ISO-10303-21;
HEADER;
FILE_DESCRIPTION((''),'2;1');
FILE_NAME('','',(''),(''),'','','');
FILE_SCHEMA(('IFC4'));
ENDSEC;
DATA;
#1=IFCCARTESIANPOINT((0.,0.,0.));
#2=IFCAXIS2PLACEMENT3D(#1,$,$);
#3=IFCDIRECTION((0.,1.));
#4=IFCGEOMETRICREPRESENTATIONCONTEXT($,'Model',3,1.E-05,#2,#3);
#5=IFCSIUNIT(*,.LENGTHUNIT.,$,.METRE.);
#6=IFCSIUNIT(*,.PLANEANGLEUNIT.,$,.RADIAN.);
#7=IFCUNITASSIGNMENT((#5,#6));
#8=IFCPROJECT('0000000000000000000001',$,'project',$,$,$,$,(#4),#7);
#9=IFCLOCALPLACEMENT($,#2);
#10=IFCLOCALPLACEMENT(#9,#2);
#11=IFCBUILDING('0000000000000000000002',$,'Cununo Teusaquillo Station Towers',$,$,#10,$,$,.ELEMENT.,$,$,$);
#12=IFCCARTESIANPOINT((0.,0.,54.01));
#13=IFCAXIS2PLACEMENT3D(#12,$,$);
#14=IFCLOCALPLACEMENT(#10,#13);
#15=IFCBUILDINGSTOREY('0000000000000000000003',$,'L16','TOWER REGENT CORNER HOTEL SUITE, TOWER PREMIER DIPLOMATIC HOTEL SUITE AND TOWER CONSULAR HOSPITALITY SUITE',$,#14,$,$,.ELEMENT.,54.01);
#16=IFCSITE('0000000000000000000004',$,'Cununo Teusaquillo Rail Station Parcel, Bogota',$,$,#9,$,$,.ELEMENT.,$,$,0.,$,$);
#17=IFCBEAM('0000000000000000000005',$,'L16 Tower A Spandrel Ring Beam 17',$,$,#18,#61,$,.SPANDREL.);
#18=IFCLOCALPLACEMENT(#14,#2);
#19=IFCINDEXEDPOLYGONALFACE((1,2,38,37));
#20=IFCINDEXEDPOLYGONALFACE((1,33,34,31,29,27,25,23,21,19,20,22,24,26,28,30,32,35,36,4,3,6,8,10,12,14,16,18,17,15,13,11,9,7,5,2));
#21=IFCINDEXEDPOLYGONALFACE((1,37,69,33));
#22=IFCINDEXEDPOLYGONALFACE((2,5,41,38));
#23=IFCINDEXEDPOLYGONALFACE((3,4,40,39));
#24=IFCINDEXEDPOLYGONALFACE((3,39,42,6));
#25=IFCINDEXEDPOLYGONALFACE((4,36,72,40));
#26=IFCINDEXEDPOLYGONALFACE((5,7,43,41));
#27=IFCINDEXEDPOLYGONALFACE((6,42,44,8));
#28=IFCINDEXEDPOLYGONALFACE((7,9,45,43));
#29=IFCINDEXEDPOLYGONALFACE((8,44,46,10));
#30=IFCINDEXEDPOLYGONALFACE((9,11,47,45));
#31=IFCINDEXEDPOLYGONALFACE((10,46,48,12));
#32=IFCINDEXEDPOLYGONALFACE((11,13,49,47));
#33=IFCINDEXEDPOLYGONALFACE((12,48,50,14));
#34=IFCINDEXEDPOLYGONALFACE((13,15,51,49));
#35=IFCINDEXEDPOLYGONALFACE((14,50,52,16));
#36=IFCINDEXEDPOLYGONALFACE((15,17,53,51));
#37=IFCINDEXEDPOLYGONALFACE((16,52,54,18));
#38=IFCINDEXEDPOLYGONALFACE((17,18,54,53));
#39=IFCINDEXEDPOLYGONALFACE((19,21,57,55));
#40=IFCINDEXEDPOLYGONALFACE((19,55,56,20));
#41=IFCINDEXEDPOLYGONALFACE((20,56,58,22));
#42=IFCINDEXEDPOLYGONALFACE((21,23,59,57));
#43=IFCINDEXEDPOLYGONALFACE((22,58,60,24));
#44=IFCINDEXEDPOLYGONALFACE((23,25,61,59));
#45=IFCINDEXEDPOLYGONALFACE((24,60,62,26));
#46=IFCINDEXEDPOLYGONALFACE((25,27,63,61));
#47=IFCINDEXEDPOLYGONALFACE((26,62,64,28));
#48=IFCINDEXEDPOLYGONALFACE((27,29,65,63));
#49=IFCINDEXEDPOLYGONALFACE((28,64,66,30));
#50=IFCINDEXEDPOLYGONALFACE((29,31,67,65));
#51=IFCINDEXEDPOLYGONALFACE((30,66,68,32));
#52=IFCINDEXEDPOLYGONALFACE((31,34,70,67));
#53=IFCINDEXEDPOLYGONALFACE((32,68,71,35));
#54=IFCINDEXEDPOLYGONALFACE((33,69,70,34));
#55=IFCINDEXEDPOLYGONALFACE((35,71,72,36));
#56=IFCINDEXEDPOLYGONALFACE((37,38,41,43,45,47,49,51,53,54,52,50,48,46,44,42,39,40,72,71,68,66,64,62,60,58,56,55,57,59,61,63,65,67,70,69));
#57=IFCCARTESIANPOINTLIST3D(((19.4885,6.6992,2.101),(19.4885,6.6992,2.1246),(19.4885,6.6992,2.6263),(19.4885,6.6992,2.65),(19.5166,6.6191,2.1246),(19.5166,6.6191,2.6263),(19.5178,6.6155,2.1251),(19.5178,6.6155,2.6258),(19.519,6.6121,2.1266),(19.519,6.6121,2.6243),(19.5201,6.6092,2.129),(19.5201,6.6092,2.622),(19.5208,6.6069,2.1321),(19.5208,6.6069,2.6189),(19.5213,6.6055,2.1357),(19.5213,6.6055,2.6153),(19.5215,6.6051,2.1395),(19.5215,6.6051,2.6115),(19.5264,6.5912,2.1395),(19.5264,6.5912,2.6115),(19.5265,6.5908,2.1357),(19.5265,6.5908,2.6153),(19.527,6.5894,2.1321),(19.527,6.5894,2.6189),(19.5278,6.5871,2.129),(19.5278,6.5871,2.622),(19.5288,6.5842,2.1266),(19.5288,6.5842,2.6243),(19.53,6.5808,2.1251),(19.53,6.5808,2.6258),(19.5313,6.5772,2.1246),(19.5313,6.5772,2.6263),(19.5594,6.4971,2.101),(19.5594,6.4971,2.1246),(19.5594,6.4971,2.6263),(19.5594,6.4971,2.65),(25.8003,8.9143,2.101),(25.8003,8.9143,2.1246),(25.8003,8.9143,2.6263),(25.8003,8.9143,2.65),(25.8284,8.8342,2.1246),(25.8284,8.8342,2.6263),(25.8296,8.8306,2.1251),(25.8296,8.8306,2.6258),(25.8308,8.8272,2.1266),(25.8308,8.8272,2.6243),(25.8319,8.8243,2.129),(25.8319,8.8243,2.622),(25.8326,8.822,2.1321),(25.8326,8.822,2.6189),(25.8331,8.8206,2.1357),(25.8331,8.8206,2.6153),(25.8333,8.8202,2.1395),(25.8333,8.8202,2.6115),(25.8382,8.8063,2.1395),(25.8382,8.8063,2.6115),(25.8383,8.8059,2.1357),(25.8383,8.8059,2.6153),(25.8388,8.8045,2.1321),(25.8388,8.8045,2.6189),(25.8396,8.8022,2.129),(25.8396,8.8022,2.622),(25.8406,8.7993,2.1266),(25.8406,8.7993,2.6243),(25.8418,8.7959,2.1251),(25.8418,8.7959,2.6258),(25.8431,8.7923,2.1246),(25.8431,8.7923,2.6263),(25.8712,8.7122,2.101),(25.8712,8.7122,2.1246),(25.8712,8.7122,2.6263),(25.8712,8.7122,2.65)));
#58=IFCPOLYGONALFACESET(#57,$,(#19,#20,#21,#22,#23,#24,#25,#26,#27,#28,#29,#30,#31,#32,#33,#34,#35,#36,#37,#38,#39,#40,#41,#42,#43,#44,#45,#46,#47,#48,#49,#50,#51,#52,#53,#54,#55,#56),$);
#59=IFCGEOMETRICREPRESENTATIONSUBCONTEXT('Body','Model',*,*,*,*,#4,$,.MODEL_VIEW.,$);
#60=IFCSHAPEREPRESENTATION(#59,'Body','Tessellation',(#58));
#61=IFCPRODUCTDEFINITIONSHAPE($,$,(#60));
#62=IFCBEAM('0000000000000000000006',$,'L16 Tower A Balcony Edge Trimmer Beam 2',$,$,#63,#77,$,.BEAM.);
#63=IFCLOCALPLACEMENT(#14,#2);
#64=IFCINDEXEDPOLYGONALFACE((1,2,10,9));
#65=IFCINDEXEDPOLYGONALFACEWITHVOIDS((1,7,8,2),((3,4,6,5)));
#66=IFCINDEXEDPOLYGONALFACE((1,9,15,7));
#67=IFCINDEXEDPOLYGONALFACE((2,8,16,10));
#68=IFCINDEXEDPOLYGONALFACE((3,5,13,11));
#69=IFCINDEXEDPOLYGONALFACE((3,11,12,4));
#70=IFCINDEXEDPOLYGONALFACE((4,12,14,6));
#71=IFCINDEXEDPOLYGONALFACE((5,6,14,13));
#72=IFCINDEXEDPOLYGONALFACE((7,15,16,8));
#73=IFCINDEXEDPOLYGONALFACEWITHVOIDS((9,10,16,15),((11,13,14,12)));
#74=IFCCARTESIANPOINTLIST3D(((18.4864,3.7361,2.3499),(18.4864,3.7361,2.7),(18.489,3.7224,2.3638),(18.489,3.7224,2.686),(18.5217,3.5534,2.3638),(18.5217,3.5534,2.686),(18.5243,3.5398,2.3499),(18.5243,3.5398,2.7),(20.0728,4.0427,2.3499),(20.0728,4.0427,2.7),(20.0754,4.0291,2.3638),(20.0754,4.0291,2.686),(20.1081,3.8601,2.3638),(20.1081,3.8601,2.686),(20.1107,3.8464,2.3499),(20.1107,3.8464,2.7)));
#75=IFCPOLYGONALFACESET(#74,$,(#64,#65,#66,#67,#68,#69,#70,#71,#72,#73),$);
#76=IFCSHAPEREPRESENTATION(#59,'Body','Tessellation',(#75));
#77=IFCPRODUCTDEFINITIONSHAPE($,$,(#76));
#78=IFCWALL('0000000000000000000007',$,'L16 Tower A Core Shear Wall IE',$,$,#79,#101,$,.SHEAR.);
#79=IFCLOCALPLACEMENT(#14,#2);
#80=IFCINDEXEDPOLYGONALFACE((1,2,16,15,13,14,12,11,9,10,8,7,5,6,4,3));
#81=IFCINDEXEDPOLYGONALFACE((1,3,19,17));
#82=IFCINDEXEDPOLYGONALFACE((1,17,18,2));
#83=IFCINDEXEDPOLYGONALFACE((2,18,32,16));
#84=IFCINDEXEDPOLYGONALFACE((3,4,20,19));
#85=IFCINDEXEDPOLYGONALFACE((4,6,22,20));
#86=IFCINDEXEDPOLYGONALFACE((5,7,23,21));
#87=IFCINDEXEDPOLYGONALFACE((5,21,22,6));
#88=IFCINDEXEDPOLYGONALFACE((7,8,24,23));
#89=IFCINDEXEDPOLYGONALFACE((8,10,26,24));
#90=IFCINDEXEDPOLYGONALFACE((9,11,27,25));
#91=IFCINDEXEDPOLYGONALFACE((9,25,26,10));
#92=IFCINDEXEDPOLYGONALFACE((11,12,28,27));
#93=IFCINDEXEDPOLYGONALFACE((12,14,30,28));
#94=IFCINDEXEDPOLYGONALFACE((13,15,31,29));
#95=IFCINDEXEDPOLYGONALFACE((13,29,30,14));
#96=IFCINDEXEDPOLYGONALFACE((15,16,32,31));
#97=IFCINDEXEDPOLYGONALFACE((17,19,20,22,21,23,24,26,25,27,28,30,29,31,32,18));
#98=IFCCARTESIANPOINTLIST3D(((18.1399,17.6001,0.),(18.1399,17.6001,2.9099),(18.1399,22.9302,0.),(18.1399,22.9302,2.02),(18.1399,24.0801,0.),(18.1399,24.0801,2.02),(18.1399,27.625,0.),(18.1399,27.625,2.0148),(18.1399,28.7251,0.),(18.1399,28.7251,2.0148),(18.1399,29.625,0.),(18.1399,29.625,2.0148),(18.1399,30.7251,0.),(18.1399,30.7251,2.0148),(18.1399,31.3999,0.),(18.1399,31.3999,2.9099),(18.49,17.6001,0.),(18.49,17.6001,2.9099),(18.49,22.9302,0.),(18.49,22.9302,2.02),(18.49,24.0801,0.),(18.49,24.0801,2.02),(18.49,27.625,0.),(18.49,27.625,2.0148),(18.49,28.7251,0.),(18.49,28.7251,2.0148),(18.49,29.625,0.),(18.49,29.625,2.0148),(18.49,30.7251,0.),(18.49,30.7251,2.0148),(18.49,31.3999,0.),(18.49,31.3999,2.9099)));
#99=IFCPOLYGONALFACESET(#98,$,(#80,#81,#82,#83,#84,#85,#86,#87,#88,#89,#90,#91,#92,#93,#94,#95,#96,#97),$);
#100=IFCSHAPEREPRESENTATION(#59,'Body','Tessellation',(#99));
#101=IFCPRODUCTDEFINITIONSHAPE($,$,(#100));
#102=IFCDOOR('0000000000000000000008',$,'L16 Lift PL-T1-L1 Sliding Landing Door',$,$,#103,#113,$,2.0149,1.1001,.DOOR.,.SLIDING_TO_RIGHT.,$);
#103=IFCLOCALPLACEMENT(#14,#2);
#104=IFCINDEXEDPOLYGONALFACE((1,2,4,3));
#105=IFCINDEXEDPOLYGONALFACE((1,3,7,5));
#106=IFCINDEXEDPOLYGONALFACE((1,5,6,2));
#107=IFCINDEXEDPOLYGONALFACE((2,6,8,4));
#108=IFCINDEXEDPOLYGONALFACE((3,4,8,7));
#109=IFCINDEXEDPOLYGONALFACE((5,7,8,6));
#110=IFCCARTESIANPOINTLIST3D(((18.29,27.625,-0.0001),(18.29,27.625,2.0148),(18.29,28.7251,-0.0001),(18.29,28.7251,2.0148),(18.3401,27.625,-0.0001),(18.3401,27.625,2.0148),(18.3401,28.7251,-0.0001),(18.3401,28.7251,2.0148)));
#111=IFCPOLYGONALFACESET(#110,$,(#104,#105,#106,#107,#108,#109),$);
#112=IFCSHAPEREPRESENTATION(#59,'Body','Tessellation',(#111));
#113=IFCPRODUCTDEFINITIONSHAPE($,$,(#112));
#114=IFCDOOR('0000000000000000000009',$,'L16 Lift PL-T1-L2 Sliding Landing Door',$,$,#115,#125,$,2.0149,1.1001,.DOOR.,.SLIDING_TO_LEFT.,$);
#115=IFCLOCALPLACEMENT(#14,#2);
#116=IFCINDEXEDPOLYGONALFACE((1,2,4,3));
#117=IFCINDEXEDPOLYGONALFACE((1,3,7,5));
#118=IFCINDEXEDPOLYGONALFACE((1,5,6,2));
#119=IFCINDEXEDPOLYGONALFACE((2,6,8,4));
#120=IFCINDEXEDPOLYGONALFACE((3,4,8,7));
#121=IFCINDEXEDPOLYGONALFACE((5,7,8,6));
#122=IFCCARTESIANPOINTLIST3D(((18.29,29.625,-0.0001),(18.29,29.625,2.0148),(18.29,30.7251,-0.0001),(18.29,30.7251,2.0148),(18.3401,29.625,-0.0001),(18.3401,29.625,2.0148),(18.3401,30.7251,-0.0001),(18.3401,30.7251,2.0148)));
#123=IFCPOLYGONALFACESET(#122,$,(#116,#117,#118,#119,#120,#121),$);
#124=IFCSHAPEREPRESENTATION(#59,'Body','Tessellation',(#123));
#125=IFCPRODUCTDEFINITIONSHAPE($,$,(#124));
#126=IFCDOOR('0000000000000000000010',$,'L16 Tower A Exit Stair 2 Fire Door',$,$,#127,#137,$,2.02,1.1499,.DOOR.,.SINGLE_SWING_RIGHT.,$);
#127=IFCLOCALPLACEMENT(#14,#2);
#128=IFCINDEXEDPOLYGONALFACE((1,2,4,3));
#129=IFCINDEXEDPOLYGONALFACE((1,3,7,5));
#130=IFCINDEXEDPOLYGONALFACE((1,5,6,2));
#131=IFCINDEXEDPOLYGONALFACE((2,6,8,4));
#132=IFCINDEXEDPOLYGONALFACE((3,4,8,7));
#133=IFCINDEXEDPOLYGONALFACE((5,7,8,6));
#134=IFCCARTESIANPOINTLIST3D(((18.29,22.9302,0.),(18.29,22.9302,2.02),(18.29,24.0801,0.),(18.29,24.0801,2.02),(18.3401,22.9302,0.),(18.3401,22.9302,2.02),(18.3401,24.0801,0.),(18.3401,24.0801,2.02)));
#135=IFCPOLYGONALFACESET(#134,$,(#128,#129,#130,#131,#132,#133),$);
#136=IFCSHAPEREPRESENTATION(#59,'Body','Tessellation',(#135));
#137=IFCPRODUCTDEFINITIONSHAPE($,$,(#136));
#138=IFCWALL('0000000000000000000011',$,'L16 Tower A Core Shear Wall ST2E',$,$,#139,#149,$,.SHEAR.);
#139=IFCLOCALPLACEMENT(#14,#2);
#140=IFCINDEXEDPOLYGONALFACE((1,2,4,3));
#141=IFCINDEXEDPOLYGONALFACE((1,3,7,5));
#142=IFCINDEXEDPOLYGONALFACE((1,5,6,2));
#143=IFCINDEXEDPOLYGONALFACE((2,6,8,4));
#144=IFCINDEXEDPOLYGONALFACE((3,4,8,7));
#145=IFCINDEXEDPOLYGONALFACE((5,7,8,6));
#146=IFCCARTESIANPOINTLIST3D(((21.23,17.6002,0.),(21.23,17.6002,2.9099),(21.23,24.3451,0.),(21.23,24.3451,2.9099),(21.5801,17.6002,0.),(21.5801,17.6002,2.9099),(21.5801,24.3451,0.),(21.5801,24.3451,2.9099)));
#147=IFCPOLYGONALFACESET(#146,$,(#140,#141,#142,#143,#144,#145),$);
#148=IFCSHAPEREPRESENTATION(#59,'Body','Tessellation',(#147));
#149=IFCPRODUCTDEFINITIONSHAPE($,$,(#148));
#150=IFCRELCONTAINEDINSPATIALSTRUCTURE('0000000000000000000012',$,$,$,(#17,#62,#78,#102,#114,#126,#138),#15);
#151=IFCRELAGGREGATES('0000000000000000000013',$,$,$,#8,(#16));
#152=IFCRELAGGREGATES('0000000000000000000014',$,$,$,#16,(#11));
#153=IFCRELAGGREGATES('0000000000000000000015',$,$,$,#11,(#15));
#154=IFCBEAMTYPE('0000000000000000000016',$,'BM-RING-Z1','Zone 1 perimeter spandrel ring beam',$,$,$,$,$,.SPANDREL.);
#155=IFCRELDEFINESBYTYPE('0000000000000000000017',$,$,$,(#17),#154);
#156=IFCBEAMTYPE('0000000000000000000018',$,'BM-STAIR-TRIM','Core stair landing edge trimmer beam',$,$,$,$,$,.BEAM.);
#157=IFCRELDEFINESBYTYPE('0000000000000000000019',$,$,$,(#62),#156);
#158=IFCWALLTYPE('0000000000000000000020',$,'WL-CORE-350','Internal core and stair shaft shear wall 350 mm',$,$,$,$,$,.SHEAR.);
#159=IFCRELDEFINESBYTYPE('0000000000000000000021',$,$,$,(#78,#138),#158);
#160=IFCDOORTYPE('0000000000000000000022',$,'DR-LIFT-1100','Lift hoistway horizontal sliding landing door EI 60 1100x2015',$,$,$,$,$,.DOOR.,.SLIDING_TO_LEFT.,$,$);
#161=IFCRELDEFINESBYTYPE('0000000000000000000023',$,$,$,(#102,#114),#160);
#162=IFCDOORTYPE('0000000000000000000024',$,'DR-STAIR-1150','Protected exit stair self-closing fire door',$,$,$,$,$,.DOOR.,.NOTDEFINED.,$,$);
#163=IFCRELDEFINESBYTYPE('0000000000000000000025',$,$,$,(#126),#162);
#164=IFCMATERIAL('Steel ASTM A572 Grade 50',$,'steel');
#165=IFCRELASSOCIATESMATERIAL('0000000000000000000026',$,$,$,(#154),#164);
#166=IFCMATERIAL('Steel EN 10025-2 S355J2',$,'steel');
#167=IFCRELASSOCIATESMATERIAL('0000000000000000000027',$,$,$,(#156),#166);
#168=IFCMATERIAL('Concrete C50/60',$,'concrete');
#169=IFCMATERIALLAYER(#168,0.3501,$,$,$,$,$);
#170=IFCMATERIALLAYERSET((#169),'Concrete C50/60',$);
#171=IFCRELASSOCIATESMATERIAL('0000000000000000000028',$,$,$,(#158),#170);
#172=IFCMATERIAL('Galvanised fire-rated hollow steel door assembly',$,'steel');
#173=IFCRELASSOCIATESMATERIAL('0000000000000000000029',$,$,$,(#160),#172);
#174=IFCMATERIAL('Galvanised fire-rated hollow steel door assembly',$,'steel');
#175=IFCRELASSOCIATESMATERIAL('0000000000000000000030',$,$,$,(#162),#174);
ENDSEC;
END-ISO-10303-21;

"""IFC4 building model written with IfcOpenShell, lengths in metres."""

from ifc_helpers import new_model, si_unit, direction, frame, frame_2d, origin, origin_2d, place, context, subcontext, project, spatial, rectangle, hollow_rectangle, i_section, extrude, source, transform, mapped, material, layer, layer_set, material_profile, profile_set, type_object, element, fill, save


model = new_model("IFC4")

# Units and contexts
model_context = context("Model", 3, precision=1e-05, world=origin(), true_north=direction((0.0, 1.0)))
body_context = subcontext(model_context, "Body", "Model", "MODEL_VIEW")
ifc_project = project(units=[si_unit("LENGTHUNIT", "METRE"), si_unit("PLANEANGLEUNIT", "RADIAN")], contexts=[model_context])

# Site, building, storey
site_placement = place(None, origin())
site = spatial("IfcSite", under=ifc_project, at=site_placement, Name="Cununo Teusaquillo Rail Station Parcel, Bogota", CompositionType="ELEMENT", RefElevation=0.0)
building_placement = place(site_placement, origin())
building = spatial("IfcBuilding", under=site, at=building_placement, Name="Cununo Teusaquillo Station Towers", CompositionType="ELEMENT")
storey_placement = place(building_placement, frame((0.0, 0.0, 54.01)))
storey = spatial("IfcBuildingStorey", under=building, at=storey_placement, Name="L16", Description="TOWER REGENT CORNER HOTEL SUITE, TOWER PREMIER DIPLOMATIC HOTEL SUITE AND TOWER CONSULAR HOSPITALITY SUITE", CompositionType="ELEMENT", Elevation=54.01)

# Beams
ifc_material_1 = material(Name="Steel ASTM A572 Grade 50", Category="steel")
ifc_material_profile_1 = material_profile(ifc_material_1, i_section(OverallWidth=0.2141, OverallDepth=0.5491, WebThickness=0.0146, FlangeThickness=0.0237, FilletRadius=0.0149, at=origin_2d()), Name="W21X93")
ifc_profile_set_1 = profile_set([ifc_material_profile_1], Name="Steel ASTM A572 Grade 50")
beam_type_1 = type_object("IfcBeamType", Name="BM-RING-Z1", Description="Zone 1 perimeter spandrel ring beam", PredefinedType="SPANDREL", material=ifc_profile_set_1)
beam_1_placement = place(storey_placement, frame((19.5239, 6.5981, 2.3755), z_axis=(0.94358, 0.331145, 0.0), x_axis=(-0.331145, 0.94358, 0.0)))
element("IfcBeam", 1, at=beam_1_placement, inside=storey, type_object=beam_type_1, Name="L16 Tower A Spandrel Ring Beam 17", PredefinedType="SPANDREL", context=body_context, shape_type="SweptSolid", body=[
    extrude(i_section(OverallWidth=0.2141, OverallDepth=0.5491, WebThickness=0.0146, FlangeThickness=0.0237, FilletRadius=0.0149, at=origin_2d()), origin(), (0.0, 0.0, 1.0), 6.6892),
])
ifc_material_2 = material(Name="Steel EN 10025-2 S355J2", Category="steel")
ifc_material_profile_2 = material_profile(ifc_material_2, hollow_rectangle(XDim=0.2, YDim=0.3501, WallThickness=0.0139, at=origin_2d()), Name="RHS 350x200x14")
ifc_profile_set_2 = profile_set([ifc_material_profile_2], Name="Steel EN 10025-2 S355J2")
beam_type_2 = type_object("IfcBeamType", Name="BM-STAIR-TRIM", Description="Core stair landing edge trimmer beam", PredefinedType="BEAM", material=ifc_profile_set_2)
beam_2_placement = place(storey_placement, frame((18.5054, 3.6379, 2.5249), z_axis=(0.981827, 0.189778, 0.0), x_axis=(-0.189778, 0.981827, 0.0)))
element("IfcBeam", 2, at=beam_2_placement, inside=storey, type_object=beam_type_2, Name="L16 Tower A Balcony Edge Trimmer Beam 2", PredefinedType="BEAM", context=body_context, shape_type="SweptSolid", body=[
    extrude(hollow_rectangle(XDim=0.2, YDim=0.3501, WallThickness=0.0139, at=origin_2d()), origin(), (0.0, 0.0, 1.0), 1.6157),
])

# Wall, openings, doors
ifc_material_3 = material(Name="Concrete C50/60", Category="concrete")
ifc_layer_1 = layer(ifc_material_3, 0.3501)
ifc_layer_set_1 = layer_set([ifc_layer_1], Name="Concrete C50/60")
wall_type_1 = type_object("IfcWallType", Name="WL-CORE-350", Description="Internal core and stair shaft shear wall 350 mm", PredefinedType="SHEAR", material=ifc_layer_set_1)
wall_1_placement = place(storey_placement, frame((18.3149, 17.6001, 0.0), z_axis=(0.0, 0.0, 1.0), x_axis=(0.0, 1.0, 0.0)))
wall_1 = element("IfcWall", 3, at=wall_1_placement, inside=storey, type_object=wall_type_1, Name="L16 Tower A Core Shear Wall IE", PredefinedType="SHEAR", context=body_context, shape_type="SweptSolid", body=[
    extrude(rectangle(XDim=13.7998, YDim=0.3501, at=frame_2d((6.8999, 0.0))), origin(), (0.0, 0.0, 1.0), 2.9099),
])
shared_shape_1 = source(origin(), body_context, "Body", "SweptSolid", [
    extrude(rectangle(XDim=1.1001, YDim=2.0149, at=frame_2d((0.55, 1.0073))), frame((0.0, 0.1851, 0.0), z_axis=(0.0, -1.0, 0.0), x_axis=(1.0, 0.0, 0.0)), (0.0, 0.0, 1.0), 0.3701),
])
opening_1_placement = place(wall_1_placement, frame((10.0249, 0.0, 0.0)))
opening_1 = element("IfcOpeningElement", 4, at=opening_1_placement, cuts=wall_1, PredefinedType="OPENING", context=body_context, shape_type="MappedRepresentation", body=[
    mapped(shared_shape_1, transform((0.0, 0.0, 0.0), x_axis=(1.0, 0.0, 0.0), y_axis=(0.0, 1.0, 0.0), z_axis=(0.0, 0.0, 1.0), scale=1.0)),
])
opening_2_placement = place(wall_1_placement, frame((12.0249, 0.0, 0.0)))
opening_2 = element("IfcOpeningElement", 5, at=opening_2_placement, cuts=wall_1, PredefinedType="OPENING", context=body_context, shape_type="MappedRepresentation", body=[
    mapped(shared_shape_1, transform((0.0, 0.0, 0.0), x_axis=(1.0, 0.0, 0.0), y_axis=(0.0, 1.0, 0.0), z_axis=(0.0, 0.0, 1.0), scale=1.0)),
])
shared_shape_2 = source(origin(), body_context, "Body", "SweptSolid", [
    extrude(rectangle(XDim=1.1499, YDim=2.02, at=frame_2d((0.575, 1.01))), frame((0.0, 0.1851, 0.0), z_axis=(0.0, -1.0, 0.0), x_axis=(1.0, 0.0, 0.0)), (0.0, 0.0, 1.0), 0.3701),
])
opening_3_placement = place(wall_1_placement, frame((5.3301, 0.0, 0.0)))
opening_3 = element("IfcOpeningElement", 6, at=opening_3_placement, cuts=wall_1, PredefinedType="OPENING", context=body_context, shape_type="MappedRepresentation", body=[
    mapped(shared_shape_2, transform((0.0, 0.0, 0.0), x_axis=(1.0, 0.0, 0.0), y_axis=(0.0, 1.0, 0.0), z_axis=(0.0, 0.0, 1.0), scale=1.0)),
])
ifc_material_4 = material(Name="Galvanised fire-rated hollow steel door assembly", Category="steel")
door_type_1 = type_object("IfcDoorType", Name="DR-LIFT-1100", Description="Lift hoistway horizontal sliding landing door EI 60 1100x2015", OperationType="SLIDING_TO_LEFT", PredefinedType="DOOR", material=ifc_material_4)
shared_shape_3 = source(origin(), body_context, "Body", "SweptSolid", [
    extrude(rectangle(XDim=1.1001, YDim=2.0149, at=frame_2d((0.55, 1.0073))), frame((0.0, 0.0249, 0.0), z_axis=(0.0, -1.0, 0.0), x_axis=(1.0, 0.0, 0.0)), (0.0, 0.0, 1.0), 0.05),
])
door_1_placement = place(opening_1_placement, origin())
door_1 = element("IfcDoor", 7, at=door_1_placement, inside=storey, type_object=door_type_1, Name="L16 Lift PL-T1-L1 Sliding Landing Door", OperationType="SLIDING_TO_RIGHT", OverallHeight=2.0149, OverallWidth=1.1001, PredefinedType="DOOR", context=body_context, shape_type="MappedRepresentation", body=[
    mapped(shared_shape_3, transform((0.0, 0.0, 0.0), x_axis=(1.0, 0.0, 0.0), y_axis=(0.0, 1.0, 0.0), z_axis=(0.0, 0.0, 1.0), scale=1.0)),
])
fill(opening_1, door_1)
door_2_placement = place(opening_2_placement, origin())
door_2 = element("IfcDoor", 8, at=door_2_placement, inside=storey, type_object=door_type_1, Name="L16 Lift PL-T1-L2 Sliding Landing Door", OperationType="SLIDING_TO_LEFT", OverallHeight=2.0149, OverallWidth=1.1001, PredefinedType="DOOR", context=body_context, shape_type="MappedRepresentation", body=[
    mapped(shared_shape_3, transform((0.0, 0.0, 0.0), x_axis=(1.0, 0.0, 0.0), y_axis=(0.0, 1.0, 0.0), z_axis=(0.0, 0.0, 1.0), scale=1.0)),
])
fill(opening_2, door_2)
ifc_material_5 = material(Name="Galvanised fire-rated hollow steel door assembly", Category="steel")
door_type_2 = type_object("IfcDoorType", Name="DR-STAIR-1150", Description="Protected exit stair self-closing fire door", OperationType="NOTDEFINED", PredefinedType="DOOR", material=ifc_material_5)
shared_shape_4 = source(origin(), body_context, "Body", "SweptSolid", [
    extrude(rectangle(XDim=1.1499, YDim=2.02, at=frame_2d((0.575, 1.01))), frame((0.0, 0.0249, 0.0), z_axis=(0.0, -1.0, 0.0), x_axis=(1.0, 0.0, 0.0)), (0.0, 0.0, 1.0), 0.05),
])
door_3_placement = place(opening_3_placement, origin())
door_3 = element("IfcDoor", 9, at=door_3_placement, inside=storey, type_object=door_type_2, Name="L16 Tower A Exit Stair 2 Fire Door", OperationType="SINGLE_SWING_RIGHT", OverallHeight=2.02, OverallWidth=1.1499, PredefinedType="DOOR", context=body_context, shape_type="MappedRepresentation", body=[
    mapped(shared_shape_4, transform((0.0, 0.0, 0.0), x_axis=(1.0, 0.0, 0.0), y_axis=(0.0, 1.0, 0.0), z_axis=(0.0, 0.0, 1.0), scale=1.0)),
])
fill(opening_3, door_3)

# Wall
wall_2_placement = place(storey_placement, frame((21.405, 17.6001, 0.0), z_axis=(0.0, 0.0, 1.0), x_axis=(0.0, 1.0, 0.0)))
element("IfcWall", 10, at=wall_2_placement, inside=storey, type_object=wall_type_1, Name="L16 Tower A Core Shear Wall ST2E", PredefinedType="SHEAR", context=body_context, shape_type="SweptSolid", body=[
    extrude(rectangle(XDim=6.7449, YDim=0.3501, at=frame_2d((3.3726, 0.0))), origin(), (0.0, 0.0, 1.0), 2.9099),
])

save(model, "model.ifc")
